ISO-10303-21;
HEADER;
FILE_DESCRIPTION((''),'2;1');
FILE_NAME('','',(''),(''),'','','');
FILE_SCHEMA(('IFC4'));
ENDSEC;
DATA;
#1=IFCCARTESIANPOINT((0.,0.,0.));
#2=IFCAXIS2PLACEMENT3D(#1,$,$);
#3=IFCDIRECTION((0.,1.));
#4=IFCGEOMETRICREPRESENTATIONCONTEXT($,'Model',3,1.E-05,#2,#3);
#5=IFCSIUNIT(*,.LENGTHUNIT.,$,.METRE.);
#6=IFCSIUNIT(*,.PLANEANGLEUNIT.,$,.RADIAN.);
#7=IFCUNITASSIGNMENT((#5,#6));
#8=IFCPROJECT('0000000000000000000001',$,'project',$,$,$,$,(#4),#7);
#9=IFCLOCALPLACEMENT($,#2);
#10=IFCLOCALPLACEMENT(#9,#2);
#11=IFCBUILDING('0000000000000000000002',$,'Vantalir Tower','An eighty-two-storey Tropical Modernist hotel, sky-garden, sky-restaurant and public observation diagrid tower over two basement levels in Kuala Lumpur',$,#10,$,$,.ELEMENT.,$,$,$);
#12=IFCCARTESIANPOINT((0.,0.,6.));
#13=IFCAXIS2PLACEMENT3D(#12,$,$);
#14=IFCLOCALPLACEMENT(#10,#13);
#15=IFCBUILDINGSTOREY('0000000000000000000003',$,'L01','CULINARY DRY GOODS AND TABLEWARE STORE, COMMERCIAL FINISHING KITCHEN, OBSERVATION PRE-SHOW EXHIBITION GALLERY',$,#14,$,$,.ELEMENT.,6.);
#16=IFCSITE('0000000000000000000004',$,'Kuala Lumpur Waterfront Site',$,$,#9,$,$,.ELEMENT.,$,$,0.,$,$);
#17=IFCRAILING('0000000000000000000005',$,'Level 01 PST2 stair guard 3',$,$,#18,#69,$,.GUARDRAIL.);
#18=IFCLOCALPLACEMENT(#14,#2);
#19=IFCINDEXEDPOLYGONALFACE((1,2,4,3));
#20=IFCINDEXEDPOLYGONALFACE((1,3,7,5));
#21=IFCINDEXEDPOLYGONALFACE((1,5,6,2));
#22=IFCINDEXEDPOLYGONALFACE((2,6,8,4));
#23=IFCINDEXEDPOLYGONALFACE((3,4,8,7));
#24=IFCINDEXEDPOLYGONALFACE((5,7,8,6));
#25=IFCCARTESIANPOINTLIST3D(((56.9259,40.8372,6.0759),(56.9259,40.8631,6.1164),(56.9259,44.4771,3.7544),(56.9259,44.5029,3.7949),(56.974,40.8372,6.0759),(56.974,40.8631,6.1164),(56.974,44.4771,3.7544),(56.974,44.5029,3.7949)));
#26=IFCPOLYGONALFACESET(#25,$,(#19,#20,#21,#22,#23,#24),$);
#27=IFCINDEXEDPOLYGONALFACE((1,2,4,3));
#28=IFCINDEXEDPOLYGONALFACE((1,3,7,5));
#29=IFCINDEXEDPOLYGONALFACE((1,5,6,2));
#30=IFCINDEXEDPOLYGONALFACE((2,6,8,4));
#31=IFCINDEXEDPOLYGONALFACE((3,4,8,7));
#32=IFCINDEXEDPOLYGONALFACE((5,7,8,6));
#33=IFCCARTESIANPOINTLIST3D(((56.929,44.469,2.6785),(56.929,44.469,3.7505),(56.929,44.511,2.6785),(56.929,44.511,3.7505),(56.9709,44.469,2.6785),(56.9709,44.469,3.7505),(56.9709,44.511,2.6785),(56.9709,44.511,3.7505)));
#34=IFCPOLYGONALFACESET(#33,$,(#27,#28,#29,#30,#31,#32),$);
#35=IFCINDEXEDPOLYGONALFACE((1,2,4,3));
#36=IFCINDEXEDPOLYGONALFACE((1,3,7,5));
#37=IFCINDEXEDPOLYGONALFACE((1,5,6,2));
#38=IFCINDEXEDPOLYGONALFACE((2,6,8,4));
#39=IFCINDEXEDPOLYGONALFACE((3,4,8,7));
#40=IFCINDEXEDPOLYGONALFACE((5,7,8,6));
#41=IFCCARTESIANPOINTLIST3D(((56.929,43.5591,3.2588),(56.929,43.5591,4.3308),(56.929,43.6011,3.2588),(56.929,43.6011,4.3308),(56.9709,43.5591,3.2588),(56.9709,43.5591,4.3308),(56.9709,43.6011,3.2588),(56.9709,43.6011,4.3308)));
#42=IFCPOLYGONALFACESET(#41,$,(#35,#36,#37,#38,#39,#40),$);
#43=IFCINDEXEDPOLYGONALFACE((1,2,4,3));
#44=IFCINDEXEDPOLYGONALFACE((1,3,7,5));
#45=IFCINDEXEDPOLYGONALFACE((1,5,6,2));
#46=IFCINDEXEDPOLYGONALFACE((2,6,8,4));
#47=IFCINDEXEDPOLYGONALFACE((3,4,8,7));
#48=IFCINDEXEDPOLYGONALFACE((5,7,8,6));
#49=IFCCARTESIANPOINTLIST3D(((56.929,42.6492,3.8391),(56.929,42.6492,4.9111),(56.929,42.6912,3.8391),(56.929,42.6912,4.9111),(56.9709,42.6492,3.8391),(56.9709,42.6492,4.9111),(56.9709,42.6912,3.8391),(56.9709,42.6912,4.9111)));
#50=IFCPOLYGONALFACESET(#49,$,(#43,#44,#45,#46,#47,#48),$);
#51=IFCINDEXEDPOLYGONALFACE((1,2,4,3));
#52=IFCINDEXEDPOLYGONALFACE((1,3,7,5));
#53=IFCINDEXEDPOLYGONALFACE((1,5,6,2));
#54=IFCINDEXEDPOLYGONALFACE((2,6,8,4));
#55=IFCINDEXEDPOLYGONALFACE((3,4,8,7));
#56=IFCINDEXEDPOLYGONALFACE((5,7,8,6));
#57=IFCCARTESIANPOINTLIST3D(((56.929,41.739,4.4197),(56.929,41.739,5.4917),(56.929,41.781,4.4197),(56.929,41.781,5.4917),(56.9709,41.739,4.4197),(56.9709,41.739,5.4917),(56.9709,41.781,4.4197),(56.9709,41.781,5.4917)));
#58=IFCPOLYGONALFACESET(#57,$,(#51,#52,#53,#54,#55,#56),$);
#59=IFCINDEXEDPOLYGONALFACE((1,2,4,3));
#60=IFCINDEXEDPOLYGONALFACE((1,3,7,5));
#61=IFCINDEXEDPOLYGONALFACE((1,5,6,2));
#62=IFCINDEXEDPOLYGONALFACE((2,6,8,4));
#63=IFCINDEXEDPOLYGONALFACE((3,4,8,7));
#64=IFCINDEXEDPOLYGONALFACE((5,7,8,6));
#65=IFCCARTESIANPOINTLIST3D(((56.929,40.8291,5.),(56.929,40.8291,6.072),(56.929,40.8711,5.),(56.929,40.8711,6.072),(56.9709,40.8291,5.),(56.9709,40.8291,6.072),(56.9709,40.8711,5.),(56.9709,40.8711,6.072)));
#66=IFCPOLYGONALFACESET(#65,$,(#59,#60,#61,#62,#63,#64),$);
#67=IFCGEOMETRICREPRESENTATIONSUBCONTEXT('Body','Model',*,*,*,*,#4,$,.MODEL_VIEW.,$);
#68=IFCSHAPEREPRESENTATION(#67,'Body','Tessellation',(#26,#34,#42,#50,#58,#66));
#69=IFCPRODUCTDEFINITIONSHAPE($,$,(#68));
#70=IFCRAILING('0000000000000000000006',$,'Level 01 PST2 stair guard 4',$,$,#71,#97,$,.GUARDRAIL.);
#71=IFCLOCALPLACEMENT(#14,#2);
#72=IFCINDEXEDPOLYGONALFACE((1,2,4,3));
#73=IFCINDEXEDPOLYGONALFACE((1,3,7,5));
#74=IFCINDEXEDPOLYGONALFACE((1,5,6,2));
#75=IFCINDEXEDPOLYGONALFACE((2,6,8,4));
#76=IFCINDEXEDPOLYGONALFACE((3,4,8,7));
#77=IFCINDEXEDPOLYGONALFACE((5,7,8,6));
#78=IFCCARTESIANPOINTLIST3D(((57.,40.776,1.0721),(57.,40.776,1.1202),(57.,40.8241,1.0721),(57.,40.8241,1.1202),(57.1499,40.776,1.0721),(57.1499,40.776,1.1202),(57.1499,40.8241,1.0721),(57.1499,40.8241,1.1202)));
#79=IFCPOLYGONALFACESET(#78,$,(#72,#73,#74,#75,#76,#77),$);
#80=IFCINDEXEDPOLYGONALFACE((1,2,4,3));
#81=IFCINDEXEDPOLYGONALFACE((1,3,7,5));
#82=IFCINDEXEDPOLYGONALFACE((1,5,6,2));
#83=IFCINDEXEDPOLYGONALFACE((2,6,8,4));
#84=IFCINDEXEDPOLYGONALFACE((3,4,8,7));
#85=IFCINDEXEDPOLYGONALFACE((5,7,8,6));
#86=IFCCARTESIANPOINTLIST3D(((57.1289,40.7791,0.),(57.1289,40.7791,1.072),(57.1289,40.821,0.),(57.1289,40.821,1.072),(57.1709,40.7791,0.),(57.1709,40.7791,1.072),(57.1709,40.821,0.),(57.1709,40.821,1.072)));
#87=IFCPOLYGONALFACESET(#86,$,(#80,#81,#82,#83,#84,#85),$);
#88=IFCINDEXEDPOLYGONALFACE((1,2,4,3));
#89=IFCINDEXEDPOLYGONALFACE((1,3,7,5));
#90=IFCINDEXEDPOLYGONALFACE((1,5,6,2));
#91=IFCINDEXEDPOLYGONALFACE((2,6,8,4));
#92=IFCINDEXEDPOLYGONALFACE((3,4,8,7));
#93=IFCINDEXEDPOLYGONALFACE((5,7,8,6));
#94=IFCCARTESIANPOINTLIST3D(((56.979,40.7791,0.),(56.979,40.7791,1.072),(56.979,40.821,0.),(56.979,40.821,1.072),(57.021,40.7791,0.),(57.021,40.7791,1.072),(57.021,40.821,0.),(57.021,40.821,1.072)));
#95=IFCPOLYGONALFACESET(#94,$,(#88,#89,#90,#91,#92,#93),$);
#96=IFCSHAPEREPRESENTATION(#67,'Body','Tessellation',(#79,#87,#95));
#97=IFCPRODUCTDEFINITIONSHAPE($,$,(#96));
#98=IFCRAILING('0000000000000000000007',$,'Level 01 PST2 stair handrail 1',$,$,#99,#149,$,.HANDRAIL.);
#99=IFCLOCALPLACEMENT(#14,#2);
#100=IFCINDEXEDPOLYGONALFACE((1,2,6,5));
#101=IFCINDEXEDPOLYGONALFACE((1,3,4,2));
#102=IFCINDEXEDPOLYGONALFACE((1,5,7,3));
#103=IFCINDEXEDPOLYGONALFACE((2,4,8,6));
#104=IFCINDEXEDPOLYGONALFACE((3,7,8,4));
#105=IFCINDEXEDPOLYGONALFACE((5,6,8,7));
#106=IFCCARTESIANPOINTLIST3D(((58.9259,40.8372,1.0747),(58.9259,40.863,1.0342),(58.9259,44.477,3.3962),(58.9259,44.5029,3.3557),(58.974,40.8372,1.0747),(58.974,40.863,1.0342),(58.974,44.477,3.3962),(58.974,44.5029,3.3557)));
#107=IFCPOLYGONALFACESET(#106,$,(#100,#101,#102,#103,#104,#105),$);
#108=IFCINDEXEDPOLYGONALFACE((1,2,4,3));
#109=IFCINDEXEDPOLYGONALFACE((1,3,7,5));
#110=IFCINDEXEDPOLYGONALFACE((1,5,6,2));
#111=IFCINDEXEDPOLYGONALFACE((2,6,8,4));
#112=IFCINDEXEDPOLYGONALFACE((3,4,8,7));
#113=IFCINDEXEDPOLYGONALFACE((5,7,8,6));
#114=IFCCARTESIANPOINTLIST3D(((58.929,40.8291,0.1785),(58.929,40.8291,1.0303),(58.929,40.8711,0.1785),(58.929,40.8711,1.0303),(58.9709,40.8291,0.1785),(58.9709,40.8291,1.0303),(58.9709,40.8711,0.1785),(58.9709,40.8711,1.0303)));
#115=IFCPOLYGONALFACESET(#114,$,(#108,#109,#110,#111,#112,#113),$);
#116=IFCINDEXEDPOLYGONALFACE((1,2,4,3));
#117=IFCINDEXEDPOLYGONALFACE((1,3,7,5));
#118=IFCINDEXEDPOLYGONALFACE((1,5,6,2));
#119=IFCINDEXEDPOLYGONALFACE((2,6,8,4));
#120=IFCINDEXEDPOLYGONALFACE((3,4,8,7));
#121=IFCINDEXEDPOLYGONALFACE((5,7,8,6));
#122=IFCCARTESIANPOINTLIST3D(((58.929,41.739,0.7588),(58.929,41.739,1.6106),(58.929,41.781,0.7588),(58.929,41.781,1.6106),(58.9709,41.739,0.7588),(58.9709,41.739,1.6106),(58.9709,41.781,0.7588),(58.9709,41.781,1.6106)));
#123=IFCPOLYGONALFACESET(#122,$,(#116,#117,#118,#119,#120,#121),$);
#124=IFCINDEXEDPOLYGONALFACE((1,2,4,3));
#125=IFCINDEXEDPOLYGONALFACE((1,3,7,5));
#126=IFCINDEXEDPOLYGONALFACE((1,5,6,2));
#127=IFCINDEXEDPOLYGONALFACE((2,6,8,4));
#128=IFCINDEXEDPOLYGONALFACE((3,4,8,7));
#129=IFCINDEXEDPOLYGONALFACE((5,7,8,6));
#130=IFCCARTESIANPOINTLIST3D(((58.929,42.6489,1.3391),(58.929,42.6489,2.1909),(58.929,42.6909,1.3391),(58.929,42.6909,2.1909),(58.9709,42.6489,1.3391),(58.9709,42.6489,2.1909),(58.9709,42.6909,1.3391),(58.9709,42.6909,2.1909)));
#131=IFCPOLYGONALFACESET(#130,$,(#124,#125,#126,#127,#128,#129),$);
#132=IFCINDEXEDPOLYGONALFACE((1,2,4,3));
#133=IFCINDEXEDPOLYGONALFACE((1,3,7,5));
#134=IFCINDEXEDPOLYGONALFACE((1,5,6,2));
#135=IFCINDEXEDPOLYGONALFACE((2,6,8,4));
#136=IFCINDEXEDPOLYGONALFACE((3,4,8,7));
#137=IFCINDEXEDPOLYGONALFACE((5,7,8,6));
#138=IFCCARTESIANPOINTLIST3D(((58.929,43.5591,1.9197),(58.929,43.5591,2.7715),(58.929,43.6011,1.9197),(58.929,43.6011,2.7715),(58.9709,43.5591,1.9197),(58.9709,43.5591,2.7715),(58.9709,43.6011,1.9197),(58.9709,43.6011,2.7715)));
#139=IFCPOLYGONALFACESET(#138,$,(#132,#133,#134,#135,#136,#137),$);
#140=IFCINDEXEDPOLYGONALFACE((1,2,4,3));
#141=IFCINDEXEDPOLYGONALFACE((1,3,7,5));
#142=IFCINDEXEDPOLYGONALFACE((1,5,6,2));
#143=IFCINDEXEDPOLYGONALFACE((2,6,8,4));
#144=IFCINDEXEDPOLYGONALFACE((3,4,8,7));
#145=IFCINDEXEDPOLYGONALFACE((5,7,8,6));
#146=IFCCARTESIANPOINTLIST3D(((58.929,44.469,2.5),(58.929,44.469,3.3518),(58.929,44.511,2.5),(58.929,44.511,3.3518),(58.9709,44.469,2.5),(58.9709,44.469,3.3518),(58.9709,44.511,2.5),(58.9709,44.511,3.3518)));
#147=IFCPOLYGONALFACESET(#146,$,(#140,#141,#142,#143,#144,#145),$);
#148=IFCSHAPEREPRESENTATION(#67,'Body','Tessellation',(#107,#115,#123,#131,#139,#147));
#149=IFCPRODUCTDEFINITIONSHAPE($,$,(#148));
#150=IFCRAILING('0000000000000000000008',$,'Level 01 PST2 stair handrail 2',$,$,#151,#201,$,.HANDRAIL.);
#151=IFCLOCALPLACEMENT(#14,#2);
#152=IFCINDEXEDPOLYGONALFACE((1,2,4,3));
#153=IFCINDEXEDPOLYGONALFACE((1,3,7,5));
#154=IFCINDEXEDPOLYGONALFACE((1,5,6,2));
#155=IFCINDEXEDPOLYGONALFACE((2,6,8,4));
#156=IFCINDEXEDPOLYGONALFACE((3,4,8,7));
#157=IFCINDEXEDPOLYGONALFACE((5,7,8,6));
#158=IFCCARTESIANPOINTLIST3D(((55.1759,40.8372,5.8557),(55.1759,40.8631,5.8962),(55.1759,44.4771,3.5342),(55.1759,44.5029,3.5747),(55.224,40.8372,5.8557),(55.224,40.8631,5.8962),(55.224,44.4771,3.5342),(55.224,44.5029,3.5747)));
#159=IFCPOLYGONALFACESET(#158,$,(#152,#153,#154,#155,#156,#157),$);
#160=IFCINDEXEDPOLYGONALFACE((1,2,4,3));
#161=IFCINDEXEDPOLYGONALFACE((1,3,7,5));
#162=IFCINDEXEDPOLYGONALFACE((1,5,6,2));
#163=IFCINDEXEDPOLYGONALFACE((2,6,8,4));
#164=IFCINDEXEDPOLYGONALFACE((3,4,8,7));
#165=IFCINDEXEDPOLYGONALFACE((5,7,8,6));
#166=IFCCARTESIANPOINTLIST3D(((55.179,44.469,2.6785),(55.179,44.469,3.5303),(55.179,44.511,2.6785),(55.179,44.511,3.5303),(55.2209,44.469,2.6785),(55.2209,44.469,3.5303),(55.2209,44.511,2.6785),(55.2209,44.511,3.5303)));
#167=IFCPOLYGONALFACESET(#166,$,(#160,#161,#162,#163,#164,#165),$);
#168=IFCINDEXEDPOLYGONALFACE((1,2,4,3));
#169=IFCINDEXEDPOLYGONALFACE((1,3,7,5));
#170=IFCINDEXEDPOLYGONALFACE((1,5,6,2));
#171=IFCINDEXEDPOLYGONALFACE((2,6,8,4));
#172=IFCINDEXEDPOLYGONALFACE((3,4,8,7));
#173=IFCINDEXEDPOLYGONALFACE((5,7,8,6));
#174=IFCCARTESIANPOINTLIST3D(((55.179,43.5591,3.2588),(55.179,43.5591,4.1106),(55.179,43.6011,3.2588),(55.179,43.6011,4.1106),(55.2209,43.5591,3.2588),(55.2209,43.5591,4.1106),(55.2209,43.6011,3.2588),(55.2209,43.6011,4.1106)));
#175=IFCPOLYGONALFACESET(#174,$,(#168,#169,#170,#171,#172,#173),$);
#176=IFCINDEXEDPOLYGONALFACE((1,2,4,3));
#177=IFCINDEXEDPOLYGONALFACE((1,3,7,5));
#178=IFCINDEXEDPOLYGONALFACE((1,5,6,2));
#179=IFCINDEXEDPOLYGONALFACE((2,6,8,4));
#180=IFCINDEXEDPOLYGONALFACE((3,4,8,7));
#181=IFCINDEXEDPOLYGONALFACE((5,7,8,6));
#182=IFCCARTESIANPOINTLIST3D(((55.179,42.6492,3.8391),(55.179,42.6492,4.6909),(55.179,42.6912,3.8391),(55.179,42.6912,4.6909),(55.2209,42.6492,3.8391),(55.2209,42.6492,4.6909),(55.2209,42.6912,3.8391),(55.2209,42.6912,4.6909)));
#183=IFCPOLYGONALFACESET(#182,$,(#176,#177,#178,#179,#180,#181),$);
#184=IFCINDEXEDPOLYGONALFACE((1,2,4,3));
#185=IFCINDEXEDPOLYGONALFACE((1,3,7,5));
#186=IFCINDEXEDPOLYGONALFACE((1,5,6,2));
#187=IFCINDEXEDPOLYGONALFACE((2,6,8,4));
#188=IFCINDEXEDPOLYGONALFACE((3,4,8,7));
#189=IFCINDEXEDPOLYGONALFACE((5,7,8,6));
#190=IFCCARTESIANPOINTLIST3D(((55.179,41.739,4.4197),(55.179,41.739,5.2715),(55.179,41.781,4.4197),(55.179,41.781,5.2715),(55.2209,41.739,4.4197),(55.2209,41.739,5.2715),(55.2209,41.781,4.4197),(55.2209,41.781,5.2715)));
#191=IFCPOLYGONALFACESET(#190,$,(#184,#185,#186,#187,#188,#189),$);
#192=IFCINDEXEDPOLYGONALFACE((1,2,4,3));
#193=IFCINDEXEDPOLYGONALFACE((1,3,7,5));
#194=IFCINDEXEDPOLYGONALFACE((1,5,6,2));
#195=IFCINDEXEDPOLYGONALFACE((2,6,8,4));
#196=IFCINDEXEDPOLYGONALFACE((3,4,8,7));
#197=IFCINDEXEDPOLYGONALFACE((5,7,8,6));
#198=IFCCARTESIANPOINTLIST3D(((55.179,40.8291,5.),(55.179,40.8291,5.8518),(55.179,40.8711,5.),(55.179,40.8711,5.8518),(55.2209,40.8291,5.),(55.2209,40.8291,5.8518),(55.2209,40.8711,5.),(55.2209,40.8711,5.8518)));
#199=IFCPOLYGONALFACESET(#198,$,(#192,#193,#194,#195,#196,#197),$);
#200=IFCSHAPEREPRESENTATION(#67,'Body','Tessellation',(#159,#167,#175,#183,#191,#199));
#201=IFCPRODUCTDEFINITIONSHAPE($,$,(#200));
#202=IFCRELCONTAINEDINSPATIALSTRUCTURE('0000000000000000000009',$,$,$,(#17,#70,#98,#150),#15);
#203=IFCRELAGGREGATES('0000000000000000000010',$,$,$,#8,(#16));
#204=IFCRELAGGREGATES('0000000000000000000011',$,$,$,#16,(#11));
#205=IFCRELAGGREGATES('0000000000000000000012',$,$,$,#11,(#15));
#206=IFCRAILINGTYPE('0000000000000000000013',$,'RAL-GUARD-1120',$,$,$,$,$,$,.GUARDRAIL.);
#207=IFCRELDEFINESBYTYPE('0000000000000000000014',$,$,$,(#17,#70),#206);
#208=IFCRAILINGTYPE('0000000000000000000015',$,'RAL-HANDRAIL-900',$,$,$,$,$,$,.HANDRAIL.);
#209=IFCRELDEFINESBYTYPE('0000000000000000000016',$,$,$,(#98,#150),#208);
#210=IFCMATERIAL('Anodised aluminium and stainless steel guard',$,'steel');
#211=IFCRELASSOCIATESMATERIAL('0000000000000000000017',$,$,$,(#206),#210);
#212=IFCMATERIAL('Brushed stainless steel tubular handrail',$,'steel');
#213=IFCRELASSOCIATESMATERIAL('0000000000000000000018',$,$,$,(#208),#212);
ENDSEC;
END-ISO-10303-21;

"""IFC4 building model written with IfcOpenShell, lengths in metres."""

from ifc_helpers import new_model, si_unit, direction, frame, origin, origin_2d, place, context, subcontext, project, spatial, rectangle, extrude, material, type_object, element, save


model = new_model("IFC4")

# Units and contexts
model_context = context("Model", 3, precision=1e-05, world=origin(), true_north=direction((0.0, 1.0)))
body_context = subcontext(model_context, "Body", "Model", "MODEL_VIEW")
ifc_project = project(units=[si_unit("LENGTHUNIT", "METRE"), si_unit("PLANEANGLEUNIT", "RADIAN")], contexts=[model_context])

# Site, building, storey
site_placement = place(None, origin())
site = spatial("IfcSite", under=ifc_project, at=site_placement, Name="Kuala Lumpur Waterfront Site", CompositionType="ELEMENT", RefElevation=0.0)
building_placement = place(site_placement, origin())
building = spatial("IfcBuilding", under=site, at=building_placement, Name="Vantalir Tower", Description="An eighty-two-storey Tropical Modernist hotel, sky-garden, sky-restaurant and public observation diagrid tower over two basement levels in Kuala Lumpur", CompositionType="ELEMENT")
storey_placement = place(building_placement, frame((0.0, 0.0, 6.0)))
storey = spatial("IfcBuildingStorey", under=building, at=storey_placement, Name="L01", Description="CULINARY DRY GOODS AND TABLEWARE STORE, COMMERCIAL FINISHING KITCHEN, OBSERVATION PRE-SHOW EXHIBITION GALLERY", CompositionType="ELEMENT", Elevation=6.0)

# Railings
ifc_material_1 = material(Name="Anodised aluminium and stainless steel guard", Category="steel")
railing_type_1 = type_object("IfcRailingType", Name="RAL-GUARD-1120", PredefinedType="GUARDRAIL", material=ifc_material_1)
railing_1_placement = place(storey_placement, frame((56.95, 44.49, 2.6785)))
element("IfcRailing", 1, at=railing_1_placement, inside=storey, type_object=railing_type_1, Name="Level 01 PST2 stair guard 3", PredefinedType="GUARDRAIL", context=body_context, shape_type="SweptSolid", body=[
    extrude(rectangle(XDim=0.0481, YDim=0.0481, at=origin_2d()), frame((0.0, 0.0, 1.0962), z_axis=(0.0, -0.843112, 0.537739), x_axis=(1.0, 0.0, 0.0)), (0.0, 0.0, 1.0), 4.3171),
    extrude(rectangle(XDim=0.042, YDim=0.042, at=origin_2d()), origin(), (0.0, 0.0, 1.0), 1.072),
    extrude(rectangle(XDim=0.042, YDim=0.042, at=origin_2d()), frame((0.0, -0.9099, 0.5803)), (0.0, 0.0, 1.0), 1.072),
    extrude(rectangle(XDim=0.042, YDim=0.042, at=origin_2d()), frame((0.0, -1.8198, 1.1606)), (0.0, 0.0, 1.0), 1.072),
    extrude(rectangle(XDim=0.042, YDim=0.042, at=origin_2d()), frame((0.0, -2.73, 1.7412)), (0.0, 0.0, 1.0), 1.072),
    extrude(rectangle(XDim=0.042, YDim=0.042, at=origin_2d()), frame((0.0, -3.6399, 2.3215)), (0.0, 0.0, 1.0), 1.072),
])
railing_2_placement = place(storey_placement, frame((57.1499, 40.8, 0.0)))
element("IfcRailing", 2, at=railing_2_placement, inside=storey, type_object=railing_type_1, Name="Level 01 PST2 stair guard 4", PredefinedType="GUARDRAIL", context=body_context, shape_type="SweptSolid", body=[
    extrude(rectangle(XDim=0.0481, YDim=0.0481, at=origin_2d()), frame((0.0, 0.0, 1.0962), z_axis=(-1.0, 0.0, 0.0), x_axis=(0.0, -1.0, 0.0)), (0.0, 0.0, 1.0), 0.1499),
    extrude(rectangle(XDim=0.042, YDim=0.042, at=origin_2d()), origin(), (0.0, 0.0, 1.0), 1.072),
    extrude(rectangle(XDim=0.042, YDim=0.042, at=origin_2d()), frame((-0.1499, 0.0, 0.0)), (0.0, 0.0, 1.0), 1.072),
])
ifc_material_2 = material(Name="Brushed stainless steel tubular handrail", Category="steel")
railing_type_2 = type_object("IfcRailingType", Name="RAL-HANDRAIL-900", PredefinedType="HANDRAIL", material=ifc_material_2)
railing_3_placement = place(storey_placement, frame((58.95, 40.8501, 0.1785)))
element("IfcRailing", 3, at=railing_3_placement, inside=storey, type_object=railing_type_2, Name="Level 01 PST2 stair handrail 1", PredefinedType="HANDRAIL", context=body_context, shape_type="SweptSolid", body=[
    extrude(rectangle(XDim=0.0481, YDim=0.0481, at=origin_2d()), frame((0.0, 0.0, 0.876), z_axis=(0.0, 0.843112, 0.537739), x_axis=(-1.0, 0.0, 0.0)), (0.0, 0.0, 1.0), 4.3171),
    extrude(rectangle(XDim=0.042, YDim=0.042, at=origin_2d()), origin(), (0.0, 0.0, 1.0), 0.8518),
    extrude(rectangle(XDim=0.042, YDim=0.042, at=origin_2d()), frame((0.0, 0.9099, 0.5803)), (0.0, 0.0, 1.0), 0.8518),
    extrude(rectangle(XDim=0.042, YDim=0.042, at=origin_2d()), frame((0.0, 1.8198, 1.1606)), (0.0, 0.0, 1.0), 0.8518),
    extrude(rectangle(XDim=0.042, YDim=0.042, at=origin_2d()), frame((0.0, 2.73, 1.7412)), (0.0, 0.0, 1.0), 0.8518),
    extrude(rectangle(XDim=0.042, YDim=0.042, at=origin_2d()), frame((0.0, 3.6399, 2.3215)), (0.0, 0.0, 1.0), 0.8518),
])
railing_4_placement = place(storey_placement, frame((55.2, 44.49, 2.6785)))
element("IfcRailing", 4, at=railing_4_placement, inside=storey, type_object=railing_type_2, Name="Level 01 PST2 stair handrail 2", PredefinedType="HANDRAIL", context=body_context, shape_type="SweptSolid", body=[
    extrude(rectangle(XDim=0.0481, YDim=0.0481, at=origin_2d()), frame((0.0, 0.0, 0.876), z_axis=(0.0, -0.843112, 0.537739), x_axis=(1.0, 0.0, 0.0)), (0.0, 0.0, 1.0), 4.3171),
    extrude(rectangle(XDim=0.042, YDim=0.042, at=origin_2d()), origin(), (0.0, 0.0, 1.0), 0.8518),
    extrude(rectangle(XDim=0.042, YDim=0.042, at=origin_2d()), frame((0.0, -0.9099, 0.5803)), (0.0, 0.0, 1.0), 0.8518),
    extrude(rectangle(XDim=0.042, YDim=0.042, at=origin_2d()), frame((0.0, -1.8198, 1.1606)), (0.0, 0.0, 1.0), 0.8518),
    extrude(rectangle(XDim=0.042, YDim=0.042, at=origin_2d()), frame((0.0, -2.73, 1.7412)), (0.0, 0.0, 1.0), 0.8518),
    extrude(rectangle(XDim=0.042, YDim=0.042, at=origin_2d()), frame((0.0, -3.6399, 2.3215)), (0.0, 0.0, 1.0), 0.8518),
])

save(model, "model.ifc")
